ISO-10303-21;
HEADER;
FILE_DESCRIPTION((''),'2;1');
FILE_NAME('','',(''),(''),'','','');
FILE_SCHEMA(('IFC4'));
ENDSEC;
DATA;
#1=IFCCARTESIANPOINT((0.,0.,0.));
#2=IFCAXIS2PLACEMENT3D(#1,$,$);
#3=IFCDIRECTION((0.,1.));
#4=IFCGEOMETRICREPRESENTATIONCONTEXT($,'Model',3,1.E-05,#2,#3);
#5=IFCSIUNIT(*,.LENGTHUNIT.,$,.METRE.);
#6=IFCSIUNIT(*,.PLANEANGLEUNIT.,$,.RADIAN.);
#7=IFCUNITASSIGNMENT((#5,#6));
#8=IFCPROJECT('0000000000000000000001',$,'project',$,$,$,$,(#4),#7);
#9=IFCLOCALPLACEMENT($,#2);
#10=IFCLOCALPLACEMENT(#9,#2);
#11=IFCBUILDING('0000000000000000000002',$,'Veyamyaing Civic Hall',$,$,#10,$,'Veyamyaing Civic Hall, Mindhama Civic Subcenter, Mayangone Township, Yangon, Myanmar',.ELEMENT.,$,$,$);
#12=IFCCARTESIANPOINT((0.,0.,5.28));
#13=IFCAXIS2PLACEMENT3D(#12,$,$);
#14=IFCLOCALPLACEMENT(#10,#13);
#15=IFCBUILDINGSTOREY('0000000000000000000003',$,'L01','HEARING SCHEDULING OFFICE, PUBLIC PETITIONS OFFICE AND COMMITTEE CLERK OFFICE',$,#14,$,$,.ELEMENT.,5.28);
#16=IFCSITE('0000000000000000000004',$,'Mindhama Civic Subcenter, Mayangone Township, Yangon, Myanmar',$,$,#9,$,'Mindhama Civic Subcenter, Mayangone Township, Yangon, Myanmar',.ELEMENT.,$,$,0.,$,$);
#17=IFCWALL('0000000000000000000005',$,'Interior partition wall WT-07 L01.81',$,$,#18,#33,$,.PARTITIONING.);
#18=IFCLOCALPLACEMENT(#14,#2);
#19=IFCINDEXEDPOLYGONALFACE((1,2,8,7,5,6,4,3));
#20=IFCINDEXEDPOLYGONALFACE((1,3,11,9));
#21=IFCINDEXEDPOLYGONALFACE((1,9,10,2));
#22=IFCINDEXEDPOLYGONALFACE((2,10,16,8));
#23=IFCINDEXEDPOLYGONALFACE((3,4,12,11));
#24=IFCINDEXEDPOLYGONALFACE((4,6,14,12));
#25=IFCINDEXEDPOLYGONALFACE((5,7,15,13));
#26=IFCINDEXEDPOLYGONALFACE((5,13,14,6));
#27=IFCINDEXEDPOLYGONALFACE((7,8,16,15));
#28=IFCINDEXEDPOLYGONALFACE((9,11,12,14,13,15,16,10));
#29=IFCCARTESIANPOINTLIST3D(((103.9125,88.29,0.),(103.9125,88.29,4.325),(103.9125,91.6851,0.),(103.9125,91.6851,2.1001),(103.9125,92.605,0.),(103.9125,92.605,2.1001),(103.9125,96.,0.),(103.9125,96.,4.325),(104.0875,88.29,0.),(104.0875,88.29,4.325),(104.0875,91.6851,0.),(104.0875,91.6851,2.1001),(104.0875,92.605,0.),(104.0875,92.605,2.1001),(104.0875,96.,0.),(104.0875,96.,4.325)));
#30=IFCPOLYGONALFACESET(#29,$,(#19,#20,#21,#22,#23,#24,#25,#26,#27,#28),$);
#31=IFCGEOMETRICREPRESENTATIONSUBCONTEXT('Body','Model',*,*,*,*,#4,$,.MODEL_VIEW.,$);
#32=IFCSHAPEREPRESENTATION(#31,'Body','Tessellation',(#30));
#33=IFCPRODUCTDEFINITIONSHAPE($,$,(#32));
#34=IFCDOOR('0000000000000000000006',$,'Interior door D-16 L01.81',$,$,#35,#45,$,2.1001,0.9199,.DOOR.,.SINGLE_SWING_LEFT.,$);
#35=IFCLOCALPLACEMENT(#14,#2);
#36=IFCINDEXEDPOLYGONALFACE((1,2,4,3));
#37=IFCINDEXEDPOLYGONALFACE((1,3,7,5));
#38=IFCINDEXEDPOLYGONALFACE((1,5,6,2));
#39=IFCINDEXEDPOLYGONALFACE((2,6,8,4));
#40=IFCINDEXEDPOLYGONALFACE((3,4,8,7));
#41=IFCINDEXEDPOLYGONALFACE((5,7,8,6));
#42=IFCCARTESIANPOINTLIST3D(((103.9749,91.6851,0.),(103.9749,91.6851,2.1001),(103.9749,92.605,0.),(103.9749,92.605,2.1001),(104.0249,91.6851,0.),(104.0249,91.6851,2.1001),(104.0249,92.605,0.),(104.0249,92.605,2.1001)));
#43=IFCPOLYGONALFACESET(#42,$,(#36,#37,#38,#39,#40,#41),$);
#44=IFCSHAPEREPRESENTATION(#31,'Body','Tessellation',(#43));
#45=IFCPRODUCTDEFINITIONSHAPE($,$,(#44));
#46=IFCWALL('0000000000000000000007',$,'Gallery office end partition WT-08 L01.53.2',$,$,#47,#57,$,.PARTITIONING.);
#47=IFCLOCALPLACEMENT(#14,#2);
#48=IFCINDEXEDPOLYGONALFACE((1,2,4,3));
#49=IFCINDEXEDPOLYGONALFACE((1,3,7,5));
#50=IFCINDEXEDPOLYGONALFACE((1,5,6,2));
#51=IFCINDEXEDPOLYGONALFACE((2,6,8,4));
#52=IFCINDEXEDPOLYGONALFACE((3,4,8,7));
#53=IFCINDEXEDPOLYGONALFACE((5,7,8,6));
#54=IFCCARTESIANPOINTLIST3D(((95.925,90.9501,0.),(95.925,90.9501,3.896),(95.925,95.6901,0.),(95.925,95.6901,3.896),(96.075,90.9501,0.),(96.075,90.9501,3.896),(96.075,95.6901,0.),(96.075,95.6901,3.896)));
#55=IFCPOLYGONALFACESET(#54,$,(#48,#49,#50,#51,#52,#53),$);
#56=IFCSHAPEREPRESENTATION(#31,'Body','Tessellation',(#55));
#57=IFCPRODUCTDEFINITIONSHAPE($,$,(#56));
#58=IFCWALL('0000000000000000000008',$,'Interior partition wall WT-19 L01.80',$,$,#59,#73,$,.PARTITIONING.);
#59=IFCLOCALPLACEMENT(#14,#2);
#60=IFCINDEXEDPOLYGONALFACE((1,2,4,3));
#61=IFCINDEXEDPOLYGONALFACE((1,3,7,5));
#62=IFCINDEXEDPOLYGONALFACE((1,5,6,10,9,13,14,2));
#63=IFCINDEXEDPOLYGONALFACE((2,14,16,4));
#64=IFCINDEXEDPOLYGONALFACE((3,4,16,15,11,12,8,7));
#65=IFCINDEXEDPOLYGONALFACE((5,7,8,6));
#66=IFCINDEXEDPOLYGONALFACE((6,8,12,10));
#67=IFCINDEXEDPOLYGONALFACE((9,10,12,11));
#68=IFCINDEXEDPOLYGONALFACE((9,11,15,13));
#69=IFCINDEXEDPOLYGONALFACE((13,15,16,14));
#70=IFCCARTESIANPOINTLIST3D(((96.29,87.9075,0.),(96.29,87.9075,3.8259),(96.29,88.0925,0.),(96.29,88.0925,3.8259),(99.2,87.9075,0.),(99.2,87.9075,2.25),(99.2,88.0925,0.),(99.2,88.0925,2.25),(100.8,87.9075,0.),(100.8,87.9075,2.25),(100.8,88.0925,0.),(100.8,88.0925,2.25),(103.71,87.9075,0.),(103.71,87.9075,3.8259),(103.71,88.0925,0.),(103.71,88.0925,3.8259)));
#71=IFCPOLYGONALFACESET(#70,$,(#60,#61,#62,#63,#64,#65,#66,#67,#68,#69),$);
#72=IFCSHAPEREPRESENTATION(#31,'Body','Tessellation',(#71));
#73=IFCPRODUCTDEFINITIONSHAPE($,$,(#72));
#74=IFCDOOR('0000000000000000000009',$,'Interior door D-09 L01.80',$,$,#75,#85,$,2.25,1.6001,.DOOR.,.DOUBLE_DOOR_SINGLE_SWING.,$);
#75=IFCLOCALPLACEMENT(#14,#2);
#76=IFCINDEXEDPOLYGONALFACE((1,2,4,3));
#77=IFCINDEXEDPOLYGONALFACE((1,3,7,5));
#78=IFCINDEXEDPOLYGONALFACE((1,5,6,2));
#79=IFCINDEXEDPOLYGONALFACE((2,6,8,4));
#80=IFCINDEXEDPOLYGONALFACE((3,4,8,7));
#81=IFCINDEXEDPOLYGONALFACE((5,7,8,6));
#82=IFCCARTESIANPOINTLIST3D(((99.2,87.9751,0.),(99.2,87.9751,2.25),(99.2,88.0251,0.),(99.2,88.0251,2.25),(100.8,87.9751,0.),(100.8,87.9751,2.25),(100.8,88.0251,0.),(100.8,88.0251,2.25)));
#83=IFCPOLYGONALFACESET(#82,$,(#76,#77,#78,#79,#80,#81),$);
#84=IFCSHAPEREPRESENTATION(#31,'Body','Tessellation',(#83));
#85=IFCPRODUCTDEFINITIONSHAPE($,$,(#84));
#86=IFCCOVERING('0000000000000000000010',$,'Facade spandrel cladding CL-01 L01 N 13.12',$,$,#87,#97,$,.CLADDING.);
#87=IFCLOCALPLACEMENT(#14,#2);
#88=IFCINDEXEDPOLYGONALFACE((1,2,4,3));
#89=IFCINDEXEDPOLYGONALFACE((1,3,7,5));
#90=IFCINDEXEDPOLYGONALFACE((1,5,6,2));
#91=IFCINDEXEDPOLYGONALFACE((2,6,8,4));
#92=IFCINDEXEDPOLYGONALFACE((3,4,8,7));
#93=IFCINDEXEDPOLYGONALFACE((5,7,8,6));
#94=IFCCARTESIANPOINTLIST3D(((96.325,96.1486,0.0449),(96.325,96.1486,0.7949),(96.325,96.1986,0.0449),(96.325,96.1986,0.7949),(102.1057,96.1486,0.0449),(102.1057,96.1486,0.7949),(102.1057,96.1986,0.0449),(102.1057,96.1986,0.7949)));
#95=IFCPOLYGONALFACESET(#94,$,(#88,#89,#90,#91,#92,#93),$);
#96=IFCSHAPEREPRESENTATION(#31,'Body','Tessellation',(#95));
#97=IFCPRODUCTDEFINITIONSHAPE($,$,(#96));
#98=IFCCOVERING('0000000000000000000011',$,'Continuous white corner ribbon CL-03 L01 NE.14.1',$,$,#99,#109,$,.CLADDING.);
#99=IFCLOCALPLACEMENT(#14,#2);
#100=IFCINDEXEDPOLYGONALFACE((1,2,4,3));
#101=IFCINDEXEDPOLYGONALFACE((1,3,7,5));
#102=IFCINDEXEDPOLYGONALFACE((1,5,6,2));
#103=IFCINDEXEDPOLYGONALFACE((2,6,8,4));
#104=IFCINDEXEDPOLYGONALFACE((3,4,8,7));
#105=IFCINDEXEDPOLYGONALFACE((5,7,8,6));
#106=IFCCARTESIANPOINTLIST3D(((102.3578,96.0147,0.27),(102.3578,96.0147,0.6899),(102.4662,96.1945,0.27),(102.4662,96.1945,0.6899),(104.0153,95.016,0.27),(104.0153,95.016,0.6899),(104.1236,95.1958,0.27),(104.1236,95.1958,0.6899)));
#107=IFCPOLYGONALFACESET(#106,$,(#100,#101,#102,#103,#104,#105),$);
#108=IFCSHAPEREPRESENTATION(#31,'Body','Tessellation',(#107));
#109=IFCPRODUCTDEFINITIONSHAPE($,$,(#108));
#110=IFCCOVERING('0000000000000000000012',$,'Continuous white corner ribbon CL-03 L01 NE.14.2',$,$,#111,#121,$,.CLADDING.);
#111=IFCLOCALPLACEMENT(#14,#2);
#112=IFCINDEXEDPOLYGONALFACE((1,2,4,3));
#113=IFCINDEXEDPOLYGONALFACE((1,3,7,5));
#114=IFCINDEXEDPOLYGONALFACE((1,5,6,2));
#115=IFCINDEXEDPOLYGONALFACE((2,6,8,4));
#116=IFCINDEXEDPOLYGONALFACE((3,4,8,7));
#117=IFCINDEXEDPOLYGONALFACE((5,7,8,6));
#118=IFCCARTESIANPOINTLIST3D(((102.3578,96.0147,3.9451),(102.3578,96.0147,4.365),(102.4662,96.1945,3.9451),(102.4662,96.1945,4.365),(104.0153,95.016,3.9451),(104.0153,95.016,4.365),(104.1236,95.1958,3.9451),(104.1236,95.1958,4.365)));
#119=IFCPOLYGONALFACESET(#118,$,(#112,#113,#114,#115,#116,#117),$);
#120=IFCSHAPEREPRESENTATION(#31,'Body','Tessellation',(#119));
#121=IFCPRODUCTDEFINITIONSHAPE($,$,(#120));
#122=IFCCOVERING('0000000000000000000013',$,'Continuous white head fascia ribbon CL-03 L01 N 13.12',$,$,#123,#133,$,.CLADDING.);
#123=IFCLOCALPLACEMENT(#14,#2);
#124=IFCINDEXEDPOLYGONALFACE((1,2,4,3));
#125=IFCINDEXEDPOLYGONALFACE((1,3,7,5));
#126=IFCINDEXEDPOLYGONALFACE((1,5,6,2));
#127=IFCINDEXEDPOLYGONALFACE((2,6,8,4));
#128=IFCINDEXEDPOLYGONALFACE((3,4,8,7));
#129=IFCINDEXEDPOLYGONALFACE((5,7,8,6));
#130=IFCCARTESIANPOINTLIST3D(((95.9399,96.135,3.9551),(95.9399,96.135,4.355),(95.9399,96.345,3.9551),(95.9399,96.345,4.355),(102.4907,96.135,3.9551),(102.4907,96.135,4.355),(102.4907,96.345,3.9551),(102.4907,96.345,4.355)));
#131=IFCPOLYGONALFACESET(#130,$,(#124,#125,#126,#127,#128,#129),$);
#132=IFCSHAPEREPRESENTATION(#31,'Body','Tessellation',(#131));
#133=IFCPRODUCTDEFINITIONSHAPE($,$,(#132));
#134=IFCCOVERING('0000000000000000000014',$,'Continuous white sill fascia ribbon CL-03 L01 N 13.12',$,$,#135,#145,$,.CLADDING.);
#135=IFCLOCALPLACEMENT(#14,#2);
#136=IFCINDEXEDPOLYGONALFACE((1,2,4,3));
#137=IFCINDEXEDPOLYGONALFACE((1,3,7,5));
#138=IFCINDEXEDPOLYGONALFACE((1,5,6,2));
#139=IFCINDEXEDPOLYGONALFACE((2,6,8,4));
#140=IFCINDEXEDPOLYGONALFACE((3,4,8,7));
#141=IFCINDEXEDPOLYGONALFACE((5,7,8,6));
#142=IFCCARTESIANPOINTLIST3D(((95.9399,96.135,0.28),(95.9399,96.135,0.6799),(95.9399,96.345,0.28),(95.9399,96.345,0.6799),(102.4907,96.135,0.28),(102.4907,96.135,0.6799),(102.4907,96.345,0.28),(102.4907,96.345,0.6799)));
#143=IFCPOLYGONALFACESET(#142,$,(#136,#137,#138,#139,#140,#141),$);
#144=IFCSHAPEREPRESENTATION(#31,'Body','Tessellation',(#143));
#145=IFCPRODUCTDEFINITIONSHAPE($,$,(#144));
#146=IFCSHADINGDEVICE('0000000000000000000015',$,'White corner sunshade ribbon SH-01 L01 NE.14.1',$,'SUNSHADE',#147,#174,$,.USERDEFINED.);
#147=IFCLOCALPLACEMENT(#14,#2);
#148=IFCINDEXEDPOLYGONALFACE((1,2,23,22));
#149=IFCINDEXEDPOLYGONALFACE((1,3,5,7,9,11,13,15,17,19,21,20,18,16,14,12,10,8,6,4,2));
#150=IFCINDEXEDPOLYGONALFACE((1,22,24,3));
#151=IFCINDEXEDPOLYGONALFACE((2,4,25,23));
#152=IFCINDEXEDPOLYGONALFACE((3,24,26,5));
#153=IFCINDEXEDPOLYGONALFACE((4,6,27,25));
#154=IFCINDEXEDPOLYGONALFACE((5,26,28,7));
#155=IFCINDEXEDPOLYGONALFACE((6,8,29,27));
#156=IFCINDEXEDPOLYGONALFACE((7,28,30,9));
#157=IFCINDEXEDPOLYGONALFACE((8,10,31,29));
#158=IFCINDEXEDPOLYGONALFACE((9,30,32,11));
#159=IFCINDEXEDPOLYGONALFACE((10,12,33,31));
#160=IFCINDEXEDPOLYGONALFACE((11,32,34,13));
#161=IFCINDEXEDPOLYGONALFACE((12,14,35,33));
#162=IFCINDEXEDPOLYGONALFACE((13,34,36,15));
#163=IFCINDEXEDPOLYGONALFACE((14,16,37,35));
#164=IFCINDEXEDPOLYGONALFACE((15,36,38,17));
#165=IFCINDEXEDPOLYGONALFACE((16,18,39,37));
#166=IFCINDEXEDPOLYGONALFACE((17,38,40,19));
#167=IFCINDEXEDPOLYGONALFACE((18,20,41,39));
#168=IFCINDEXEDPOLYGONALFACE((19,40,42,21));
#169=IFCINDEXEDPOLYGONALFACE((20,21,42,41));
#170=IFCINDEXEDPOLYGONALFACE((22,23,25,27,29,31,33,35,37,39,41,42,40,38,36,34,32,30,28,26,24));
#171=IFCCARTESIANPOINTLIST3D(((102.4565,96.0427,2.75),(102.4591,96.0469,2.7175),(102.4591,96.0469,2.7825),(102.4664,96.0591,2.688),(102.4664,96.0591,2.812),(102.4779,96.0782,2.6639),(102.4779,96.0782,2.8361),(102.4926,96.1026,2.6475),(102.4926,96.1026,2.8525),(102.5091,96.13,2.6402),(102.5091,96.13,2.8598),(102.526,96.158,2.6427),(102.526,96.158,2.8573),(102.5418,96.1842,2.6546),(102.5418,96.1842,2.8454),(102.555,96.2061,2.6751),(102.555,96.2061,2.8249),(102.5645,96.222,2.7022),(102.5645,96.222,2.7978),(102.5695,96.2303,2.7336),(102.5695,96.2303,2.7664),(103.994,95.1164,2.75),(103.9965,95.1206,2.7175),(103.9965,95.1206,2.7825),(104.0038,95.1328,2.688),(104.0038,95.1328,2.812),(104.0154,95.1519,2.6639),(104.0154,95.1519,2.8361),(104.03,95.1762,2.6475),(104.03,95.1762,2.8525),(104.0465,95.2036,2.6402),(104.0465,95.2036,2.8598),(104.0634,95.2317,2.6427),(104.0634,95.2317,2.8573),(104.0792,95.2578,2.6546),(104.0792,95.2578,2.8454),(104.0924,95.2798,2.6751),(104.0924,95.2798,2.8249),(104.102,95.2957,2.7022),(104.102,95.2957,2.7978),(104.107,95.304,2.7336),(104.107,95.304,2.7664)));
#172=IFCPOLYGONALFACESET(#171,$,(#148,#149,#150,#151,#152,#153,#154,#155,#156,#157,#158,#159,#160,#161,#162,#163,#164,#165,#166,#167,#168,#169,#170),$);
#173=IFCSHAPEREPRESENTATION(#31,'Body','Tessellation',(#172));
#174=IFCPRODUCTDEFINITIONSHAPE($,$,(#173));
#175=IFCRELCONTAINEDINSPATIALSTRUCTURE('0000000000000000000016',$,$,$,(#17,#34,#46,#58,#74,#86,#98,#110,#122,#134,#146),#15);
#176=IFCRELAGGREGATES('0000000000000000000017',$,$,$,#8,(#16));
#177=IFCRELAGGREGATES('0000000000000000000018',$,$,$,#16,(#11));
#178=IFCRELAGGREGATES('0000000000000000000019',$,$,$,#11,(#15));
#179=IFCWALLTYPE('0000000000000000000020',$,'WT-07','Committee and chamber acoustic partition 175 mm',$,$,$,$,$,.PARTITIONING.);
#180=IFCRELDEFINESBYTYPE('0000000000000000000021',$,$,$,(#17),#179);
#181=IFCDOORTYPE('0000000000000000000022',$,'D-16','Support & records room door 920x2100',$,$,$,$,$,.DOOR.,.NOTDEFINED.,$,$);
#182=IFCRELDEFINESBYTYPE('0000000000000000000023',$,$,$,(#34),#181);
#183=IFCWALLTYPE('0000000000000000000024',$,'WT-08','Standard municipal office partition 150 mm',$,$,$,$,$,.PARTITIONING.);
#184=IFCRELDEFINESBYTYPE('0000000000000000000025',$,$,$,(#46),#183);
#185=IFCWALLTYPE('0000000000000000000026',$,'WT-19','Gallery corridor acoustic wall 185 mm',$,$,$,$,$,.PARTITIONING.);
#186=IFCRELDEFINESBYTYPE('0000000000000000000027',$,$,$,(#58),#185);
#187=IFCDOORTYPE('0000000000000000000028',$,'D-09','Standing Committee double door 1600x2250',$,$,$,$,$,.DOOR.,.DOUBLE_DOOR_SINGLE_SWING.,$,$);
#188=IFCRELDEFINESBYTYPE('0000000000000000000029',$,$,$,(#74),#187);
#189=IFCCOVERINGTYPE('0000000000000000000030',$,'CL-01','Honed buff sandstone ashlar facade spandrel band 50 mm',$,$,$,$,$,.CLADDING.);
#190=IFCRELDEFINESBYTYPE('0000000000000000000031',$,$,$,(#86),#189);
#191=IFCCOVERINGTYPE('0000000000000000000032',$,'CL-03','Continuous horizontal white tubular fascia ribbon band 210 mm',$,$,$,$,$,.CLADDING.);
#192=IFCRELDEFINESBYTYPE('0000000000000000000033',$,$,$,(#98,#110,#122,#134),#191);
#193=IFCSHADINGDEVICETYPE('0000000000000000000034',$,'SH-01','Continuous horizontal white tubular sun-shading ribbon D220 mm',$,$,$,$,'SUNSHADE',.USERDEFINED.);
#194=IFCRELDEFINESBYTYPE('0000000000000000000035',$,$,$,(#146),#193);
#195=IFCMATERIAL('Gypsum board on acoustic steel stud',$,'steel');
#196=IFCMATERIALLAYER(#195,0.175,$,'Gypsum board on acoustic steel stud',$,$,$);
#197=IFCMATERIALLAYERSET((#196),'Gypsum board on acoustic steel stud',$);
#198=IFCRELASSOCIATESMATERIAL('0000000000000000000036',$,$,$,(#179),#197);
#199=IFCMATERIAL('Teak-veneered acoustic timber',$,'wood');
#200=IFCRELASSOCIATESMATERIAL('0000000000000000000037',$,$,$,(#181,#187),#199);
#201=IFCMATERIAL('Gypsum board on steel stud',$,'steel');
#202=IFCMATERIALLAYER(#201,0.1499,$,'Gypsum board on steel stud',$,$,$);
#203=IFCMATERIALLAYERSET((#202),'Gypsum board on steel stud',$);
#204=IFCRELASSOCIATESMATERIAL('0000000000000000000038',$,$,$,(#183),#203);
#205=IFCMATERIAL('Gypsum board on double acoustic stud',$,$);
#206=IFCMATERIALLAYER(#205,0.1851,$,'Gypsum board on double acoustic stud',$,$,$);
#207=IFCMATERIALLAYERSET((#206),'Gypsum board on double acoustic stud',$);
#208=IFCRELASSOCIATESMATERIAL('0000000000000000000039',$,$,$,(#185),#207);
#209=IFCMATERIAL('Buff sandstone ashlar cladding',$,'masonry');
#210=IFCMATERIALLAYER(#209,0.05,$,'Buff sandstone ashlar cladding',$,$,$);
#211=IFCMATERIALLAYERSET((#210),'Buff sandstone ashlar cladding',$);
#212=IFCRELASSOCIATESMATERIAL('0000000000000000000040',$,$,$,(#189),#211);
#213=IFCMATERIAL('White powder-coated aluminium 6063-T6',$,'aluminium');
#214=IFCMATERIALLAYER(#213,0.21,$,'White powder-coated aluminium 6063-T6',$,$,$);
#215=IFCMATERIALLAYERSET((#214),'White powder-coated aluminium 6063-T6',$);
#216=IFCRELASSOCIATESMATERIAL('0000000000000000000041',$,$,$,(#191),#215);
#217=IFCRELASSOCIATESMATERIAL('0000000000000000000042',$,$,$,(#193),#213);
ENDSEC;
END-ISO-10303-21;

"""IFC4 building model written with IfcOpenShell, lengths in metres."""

from ifc_helpers import new_model, si_unit, direction, frame, frame_2d, origin, origin_2d, place, context, subcontext, project, spatial, rectangle, circle, extrude, material, layer, layer_set, material_profile, profile_set, type_object, element, fill, save


model = new_model("IFC4")

# Units and contexts
model_context = context("Model", 3, precision=1e-05, world=origin(), true_north=direction((0.0, 1.0)))
body_context = subcontext(model_context, "Body", "Model", "MODEL_VIEW")
ifc_project = project(units=[si_unit("LENGTHUNIT", "METRE"), si_unit("PLANEANGLEUNIT", "RADIAN")], contexts=[model_context])

# Site, building, storey
site_placement = place(None, origin())
site = spatial("IfcSite", under=ifc_project, at=site_placement, Name="Mindhama Civic Subcenter, Mayangone Township, Yangon, Myanmar", LongName="Mindhama Civic Subcenter, Mayangone Township, Yangon, Myanmar", CompositionType="ELEMENT", RefElevation=0.0)
building_placement = place(site_placement, origin())
building = spatial("IfcBuilding", under=site, at=building_placement, Name="Veyamyaing Civic Hall", LongName="Veyamyaing Civic Hall, Mindhama Civic Subcenter, Mayangone Township, Yangon, Myanmar", CompositionType="ELEMENT")
storey_placement = place(building_placement, frame((0.0, 0.0, 5.28)))
storey = spatial("IfcBuildingStorey", under=building, at=storey_placement, Name="L01", Description="HEARING SCHEDULING OFFICE, PUBLIC PETITIONS OFFICE AND COMMITTEE CLERK OFFICE", CompositionType="ELEMENT", Elevation=5.28)

# Wall, opening, door
ifc_material_1 = material(Name="Gypsum board on acoustic steel stud", Category="steel")
ifc_layer_1 = layer(ifc_material_1, 0.175, Name="Gypsum board on acoustic steel stud")
ifc_layer_set_1 = layer_set([ifc_layer_1], Name="Gypsum board on acoustic steel stud")
wall_type_1 = type_object("IfcWallType", Name="WT-07", Description="Committee and chamber acoustic partition 175 mm", PredefinedType="PARTITIONING", material=ifc_layer_set_1)
wall_1_placement = place(storey_placement, frame((104.0, 88.29, 0.0), z_axis=(0.0, 0.0, 1.0), x_axis=(0.0, 1.0, 0.0)))
wall_1 = element("IfcWall", 1, at=wall_1_placement, inside=storey, type_object=wall_type_1, Name="Interior partition wall WT-07 L01.81", PredefinedType="PARTITIONING", context=body_context, shape_type="SweptSolid", body=[
    extrude(rectangle(XDim=7.71, YDim=0.175, at=frame_2d((3.855, 0.0))), origin(), (0.0, 0.0, 1.0), 4.325),
])
opening_1_placement = place(wall_1_placement, frame((3.395, 0.0, 0.0)))
opening_1 = element("IfcOpeningElement", 2, at=opening_1_placement, cuts=wall_1, PredefinedType="OPENING", context=body_context, shape_type="SweptSolid", body=[
    extrude(rectangle(XDim=0.9199, YDim=2.1001, at=frame_2d((0.46, 1.05))), frame((0.0, 0.0974, 0.0), z_axis=(0.0, -1.0, 0.0), x_axis=(1.0, 0.0, 0.0)), (0.0, 0.0, 1.0), 0.1951),
])
ifc_material_2 = material(Name="Teak-veneered acoustic timber", Category="wood")
door_type_1 = type_object("IfcDoorType", Name="D-16", Description="Support & records room door 920x2100", OperationType="NOTDEFINED", PredefinedType="DOOR", material=ifc_material_2)
door_1_placement = place(opening_1_placement, frame((0.9199, 0.0, 0.0), z_axis=(0.0, 0.0, 1.0), x_axis=(-1.0, 0.0, 0.0)))
door_1 = element("IfcDoor", 3, at=door_1_placement, inside=storey, type_object=door_type_1, Name="Interior door D-16 L01.81", OperationType="SINGLE_SWING_LEFT", OverallHeight=2.1001, OverallWidth=0.9199, PredefinedType="DOOR", context=body_context, shape_type="SweptSolid", body=[
    extrude(rectangle(XDim=0.9199, YDim=2.1001, at=frame_2d((0.46, 1.05))), frame((0.0, 0.0249, 0.0), z_axis=(0.0, -1.0, 0.0), x_axis=(1.0, 0.0, 0.0)), (0.0, 0.0, 1.0), 0.05),
])
fill(opening_1, door_1)

# Wall
ifc_material_3 = material(Name="Gypsum board on steel stud", Category="steel")
ifc_layer_2 = layer(ifc_material_3, 0.1499, Name="Gypsum board on steel stud")
ifc_layer_set_2 = layer_set([ifc_layer_2], Name="Gypsum board on steel stud")
wall_type_2 = type_object("IfcWallType", Name="WT-08", Description="Standard municipal office partition 150 mm", PredefinedType="PARTITIONING", material=ifc_layer_set_2)
wall_2_placement = place(storey_placement, frame((96.0, 90.95, 0.0), z_axis=(0.0, 0.0, 1.0), x_axis=(0.0, 1.0, 0.0)))
element("IfcWall", 4, at=wall_2_placement, inside=storey, type_object=wall_type_2, Name="Gallery office end partition WT-08 L01.53.2", PredefinedType="PARTITIONING", context=body_context, shape_type="SweptSolid", body=[
    extrude(rectangle(XDim=4.74, YDim=0.1499, at=frame_2d((2.3701, 0.0))), origin(), (0.0, 0.0, 1.0), 3.896),
])

# Wall, opening, door
ifc_material_4 = material(Name="Gypsum board on double acoustic stud")
ifc_layer_3 = layer(ifc_material_4, 0.1851, Name="Gypsum board on double acoustic stud")
ifc_layer_set_3 = layer_set([ifc_layer_3], Name="Gypsum board on double acoustic stud")
wall_type_3 = type_object("IfcWallType", Name="WT-19", Description="Gallery corridor acoustic wall 185 mm", PredefinedType="PARTITIONING", material=ifc_layer_set_3)
wall_3_placement = place(storey_placement, frame((96.29, 88.0, 0.0), z_axis=(0.0, 0.0, 1.0), x_axis=(1.0, 0.0, 0.0)))
wall_3 = element("IfcWall", 5, at=wall_3_placement, inside=storey, type_object=wall_type_3, Name="Interior partition wall WT-19 L01.80", PredefinedType="PARTITIONING", context=body_context, shape_type="SweptSolid", body=[
    extrude(rectangle(XDim=7.4199, YDim=0.1851, at=frame_2d((3.71, 0.0))), origin(), (0.0, 0.0, 1.0), 3.8259),
])
opening_2_placement = place(wall_3_placement, frame((2.9099, 0.0, 0.0)))
opening_2 = element("IfcOpeningElement", 6, at=opening_2_placement, cuts=wall_3, PredefinedType="OPENING", context=body_context, shape_type="SweptSolid", body=[
    extrude(rectangle(XDim=1.6001, YDim=2.25, at=frame_2d((0.8, 1.125))), frame((0.0, 0.1025, 0.0), z_axis=(0.0, -1.0, 0.0), x_axis=(1.0, 0.0, 0.0)), (0.0, 0.0, 1.0), 0.2051),
])
door_type_2 = type_object("IfcDoorType", Name="D-09", Description="Standing Committee double door 1600x2250", OperationType="DOUBLE_DOOR_SINGLE_SWING", PredefinedType="DOOR", material=ifc_material_2)
door_2_placement = place(opening_2_placement, frame((1.6001, 0.0, 0.0), z_axis=(0.0, 0.0, 1.0), x_axis=(-1.0, 0.0, 0.0)))
door_2 = element("IfcDoor", 7, at=door_2_placement, inside=storey, type_object=door_type_2, Name="Interior door D-09 L01.80", OperationType="DOUBLE_DOOR_SINGLE_SWING", OverallHeight=2.25, OverallWidth=1.6001, PredefinedType="DOOR", context=body_context, shape_type="SweptSolid", body=[
    extrude(rectangle(XDim=1.6001, YDim=2.25, at=frame_2d((0.8, 1.125))), frame((0.0, 0.0249, 0.0), z_axis=(0.0, -1.0, 0.0), x_axis=(1.0, 0.0, 0.0)), (0.0, 0.0, 1.0), 0.05),
])
fill(opening_2, door_2)

# Coverings
ifc_material_5 = material(Name="Buff sandstone ashlar cladding", Category="masonry")
ifc_layer_4 = layer(ifc_material_5, 0.05, Name="Buff sandstone ashlar cladding")
ifc_layer_set_4 = layer_set([ifc_layer_4], Name="Buff sandstone ashlar cladding")
covering_type_1 = type_object("IfcCoveringType", Name="CL-01", Description="Honed buff sandstone ashlar facade spandrel band 50 mm", PredefinedType="CLADDING", material=ifc_layer_set_4)
covering_placement = place(storey_placement, frame((99.2153, 96.1736, 0.0449), z_axis=(0.0, 0.0, 1.0), x_axis=(1.0, 0.0, 0.0)))
element("IfcCovering", 8, at=covering_placement, inside=storey, type_object=covering_type_1, Name="Facade spandrel cladding CL-01 L01 N 13.12", PredefinedType="CLADDING", context=body_context, shape_type="SweptSolid", body=[
    extrude(rectangle(XDim=5.7808, YDim=0.05, at=origin_2d()), origin(), (0.0, 0.0, 1.0), 0.75),
])
ifc_material_6 = material(Name="White powder-coated aluminium 6063-T6", Category="aluminium")
ifc_layer_5 = layer(ifc_material_6, 0.21, Name="White powder-coated aluminium 6063-T6")
ifc_layer_set_5 = layer_set([ifc_layer_5], Name="White powder-coated aluminium 6063-T6")
covering_type_2 = type_object("IfcCoveringType", Name="CL-03", Description="Continuous horizontal white tubular fascia ribbon band 210 mm", PredefinedType="CLADDING", material=ifc_layer_set_5)
for number, where, z_axis, x_axis, name in (
    (9, (103.2407, 95.6052, 0.27), (0.0, 0.0, 1.0), (-0.856524, 0.516107, 0.0), "Continuous white corner ribbon CL-03 L01 NE.14.1"),
    (10, (103.2407, 95.6052, 3.9451), (0.0, 0.0, 1.0), (-0.856524, 0.516107, 0.0), "Continuous white corner ribbon CL-03 L01 NE.14.2"),
):
    element("IfcCovering", number, at=place(storey_placement, frame(where, z_axis=z_axis, x_axis=x_axis)), inside=storey, type_object=covering_type_2, Name=name, PredefinedType="CLADDING", context=body_context, shape_type="SweptSolid", body=[
        extrude(rectangle(XDim=1.9351, YDim=0.21, at=origin_2d()), origin(), (0.0, 0.0, 1.0), 0.4199),
    ])
for number, where, z_axis, x_axis, name in (
    (11, (99.2153, 96.24, 3.9551), (0.0, 0.0, 1.0), (1.0, 0.0, 0.0), "Continuous white head fascia ribbon CL-03 L01 N 13.12"),
    (12, (99.2153, 96.24, 0.28), (0.0, 0.0, 1.0), (1.0, 0.0, 0.0), "Continuous white sill fascia ribbon CL-03 L01 N 13.12"),
):
    element("IfcCovering", number, at=place(storey_placement, frame(where, z_axis=z_axis, x_axis=x_axis)), inside=storey, type_object=covering_type_2, Name=name, PredefinedType="CLADDING", context=body_context, shape_type="SweptSolid", body=[
        extrude(rectangle(XDim=6.5508, YDim=0.21, at=origin_2d()), origin(), (0.0, 0.0, 1.0), 0.3999),
    ])

# Shading device
ifc_material_profile_1 = material_profile(ifc_material_6, circle(Radius=0.1101, at=origin_2d()), Name="SHADE-TUBE-220")
ifc_profile_set_1 = profile_set([ifc_material_profile_1], Name="White powder-coated aluminium 6063-T6")
shading_device_type = type_object("IfcShadingDeviceType", Name="SH-01", Description="Continuous horizontal white tubular sun-shading ribbon D220 mm", ElementType="SUNSHADE", PredefinedType="USERDEFINED", material=ifc_profile_set_1)
shading_device_1_placement = place(storey_placement, frame((104.0508, 95.2107, 2.75), z_axis=(-0.856543, 0.516075, 0.0), x_axis=(-0.516075, -0.856543, 0.0)))
element("IfcShadingDevice", 13, at=shading_device_1_placement, inside=storey, type_object=shading_device_type, Name="White corner sunshade ribbon SH-01 L01 NE.14.1", ObjectType="SUNSHADE", PredefinedType="USERDEFINED", context=body_context, shape_type="SweptSolid", body=[
    extrude(circle(Radius=0.1101, at=origin_2d()), origin(), (0.0, 0.0, 1.0), 1.7949),
])

save(model, "model.ifc")
